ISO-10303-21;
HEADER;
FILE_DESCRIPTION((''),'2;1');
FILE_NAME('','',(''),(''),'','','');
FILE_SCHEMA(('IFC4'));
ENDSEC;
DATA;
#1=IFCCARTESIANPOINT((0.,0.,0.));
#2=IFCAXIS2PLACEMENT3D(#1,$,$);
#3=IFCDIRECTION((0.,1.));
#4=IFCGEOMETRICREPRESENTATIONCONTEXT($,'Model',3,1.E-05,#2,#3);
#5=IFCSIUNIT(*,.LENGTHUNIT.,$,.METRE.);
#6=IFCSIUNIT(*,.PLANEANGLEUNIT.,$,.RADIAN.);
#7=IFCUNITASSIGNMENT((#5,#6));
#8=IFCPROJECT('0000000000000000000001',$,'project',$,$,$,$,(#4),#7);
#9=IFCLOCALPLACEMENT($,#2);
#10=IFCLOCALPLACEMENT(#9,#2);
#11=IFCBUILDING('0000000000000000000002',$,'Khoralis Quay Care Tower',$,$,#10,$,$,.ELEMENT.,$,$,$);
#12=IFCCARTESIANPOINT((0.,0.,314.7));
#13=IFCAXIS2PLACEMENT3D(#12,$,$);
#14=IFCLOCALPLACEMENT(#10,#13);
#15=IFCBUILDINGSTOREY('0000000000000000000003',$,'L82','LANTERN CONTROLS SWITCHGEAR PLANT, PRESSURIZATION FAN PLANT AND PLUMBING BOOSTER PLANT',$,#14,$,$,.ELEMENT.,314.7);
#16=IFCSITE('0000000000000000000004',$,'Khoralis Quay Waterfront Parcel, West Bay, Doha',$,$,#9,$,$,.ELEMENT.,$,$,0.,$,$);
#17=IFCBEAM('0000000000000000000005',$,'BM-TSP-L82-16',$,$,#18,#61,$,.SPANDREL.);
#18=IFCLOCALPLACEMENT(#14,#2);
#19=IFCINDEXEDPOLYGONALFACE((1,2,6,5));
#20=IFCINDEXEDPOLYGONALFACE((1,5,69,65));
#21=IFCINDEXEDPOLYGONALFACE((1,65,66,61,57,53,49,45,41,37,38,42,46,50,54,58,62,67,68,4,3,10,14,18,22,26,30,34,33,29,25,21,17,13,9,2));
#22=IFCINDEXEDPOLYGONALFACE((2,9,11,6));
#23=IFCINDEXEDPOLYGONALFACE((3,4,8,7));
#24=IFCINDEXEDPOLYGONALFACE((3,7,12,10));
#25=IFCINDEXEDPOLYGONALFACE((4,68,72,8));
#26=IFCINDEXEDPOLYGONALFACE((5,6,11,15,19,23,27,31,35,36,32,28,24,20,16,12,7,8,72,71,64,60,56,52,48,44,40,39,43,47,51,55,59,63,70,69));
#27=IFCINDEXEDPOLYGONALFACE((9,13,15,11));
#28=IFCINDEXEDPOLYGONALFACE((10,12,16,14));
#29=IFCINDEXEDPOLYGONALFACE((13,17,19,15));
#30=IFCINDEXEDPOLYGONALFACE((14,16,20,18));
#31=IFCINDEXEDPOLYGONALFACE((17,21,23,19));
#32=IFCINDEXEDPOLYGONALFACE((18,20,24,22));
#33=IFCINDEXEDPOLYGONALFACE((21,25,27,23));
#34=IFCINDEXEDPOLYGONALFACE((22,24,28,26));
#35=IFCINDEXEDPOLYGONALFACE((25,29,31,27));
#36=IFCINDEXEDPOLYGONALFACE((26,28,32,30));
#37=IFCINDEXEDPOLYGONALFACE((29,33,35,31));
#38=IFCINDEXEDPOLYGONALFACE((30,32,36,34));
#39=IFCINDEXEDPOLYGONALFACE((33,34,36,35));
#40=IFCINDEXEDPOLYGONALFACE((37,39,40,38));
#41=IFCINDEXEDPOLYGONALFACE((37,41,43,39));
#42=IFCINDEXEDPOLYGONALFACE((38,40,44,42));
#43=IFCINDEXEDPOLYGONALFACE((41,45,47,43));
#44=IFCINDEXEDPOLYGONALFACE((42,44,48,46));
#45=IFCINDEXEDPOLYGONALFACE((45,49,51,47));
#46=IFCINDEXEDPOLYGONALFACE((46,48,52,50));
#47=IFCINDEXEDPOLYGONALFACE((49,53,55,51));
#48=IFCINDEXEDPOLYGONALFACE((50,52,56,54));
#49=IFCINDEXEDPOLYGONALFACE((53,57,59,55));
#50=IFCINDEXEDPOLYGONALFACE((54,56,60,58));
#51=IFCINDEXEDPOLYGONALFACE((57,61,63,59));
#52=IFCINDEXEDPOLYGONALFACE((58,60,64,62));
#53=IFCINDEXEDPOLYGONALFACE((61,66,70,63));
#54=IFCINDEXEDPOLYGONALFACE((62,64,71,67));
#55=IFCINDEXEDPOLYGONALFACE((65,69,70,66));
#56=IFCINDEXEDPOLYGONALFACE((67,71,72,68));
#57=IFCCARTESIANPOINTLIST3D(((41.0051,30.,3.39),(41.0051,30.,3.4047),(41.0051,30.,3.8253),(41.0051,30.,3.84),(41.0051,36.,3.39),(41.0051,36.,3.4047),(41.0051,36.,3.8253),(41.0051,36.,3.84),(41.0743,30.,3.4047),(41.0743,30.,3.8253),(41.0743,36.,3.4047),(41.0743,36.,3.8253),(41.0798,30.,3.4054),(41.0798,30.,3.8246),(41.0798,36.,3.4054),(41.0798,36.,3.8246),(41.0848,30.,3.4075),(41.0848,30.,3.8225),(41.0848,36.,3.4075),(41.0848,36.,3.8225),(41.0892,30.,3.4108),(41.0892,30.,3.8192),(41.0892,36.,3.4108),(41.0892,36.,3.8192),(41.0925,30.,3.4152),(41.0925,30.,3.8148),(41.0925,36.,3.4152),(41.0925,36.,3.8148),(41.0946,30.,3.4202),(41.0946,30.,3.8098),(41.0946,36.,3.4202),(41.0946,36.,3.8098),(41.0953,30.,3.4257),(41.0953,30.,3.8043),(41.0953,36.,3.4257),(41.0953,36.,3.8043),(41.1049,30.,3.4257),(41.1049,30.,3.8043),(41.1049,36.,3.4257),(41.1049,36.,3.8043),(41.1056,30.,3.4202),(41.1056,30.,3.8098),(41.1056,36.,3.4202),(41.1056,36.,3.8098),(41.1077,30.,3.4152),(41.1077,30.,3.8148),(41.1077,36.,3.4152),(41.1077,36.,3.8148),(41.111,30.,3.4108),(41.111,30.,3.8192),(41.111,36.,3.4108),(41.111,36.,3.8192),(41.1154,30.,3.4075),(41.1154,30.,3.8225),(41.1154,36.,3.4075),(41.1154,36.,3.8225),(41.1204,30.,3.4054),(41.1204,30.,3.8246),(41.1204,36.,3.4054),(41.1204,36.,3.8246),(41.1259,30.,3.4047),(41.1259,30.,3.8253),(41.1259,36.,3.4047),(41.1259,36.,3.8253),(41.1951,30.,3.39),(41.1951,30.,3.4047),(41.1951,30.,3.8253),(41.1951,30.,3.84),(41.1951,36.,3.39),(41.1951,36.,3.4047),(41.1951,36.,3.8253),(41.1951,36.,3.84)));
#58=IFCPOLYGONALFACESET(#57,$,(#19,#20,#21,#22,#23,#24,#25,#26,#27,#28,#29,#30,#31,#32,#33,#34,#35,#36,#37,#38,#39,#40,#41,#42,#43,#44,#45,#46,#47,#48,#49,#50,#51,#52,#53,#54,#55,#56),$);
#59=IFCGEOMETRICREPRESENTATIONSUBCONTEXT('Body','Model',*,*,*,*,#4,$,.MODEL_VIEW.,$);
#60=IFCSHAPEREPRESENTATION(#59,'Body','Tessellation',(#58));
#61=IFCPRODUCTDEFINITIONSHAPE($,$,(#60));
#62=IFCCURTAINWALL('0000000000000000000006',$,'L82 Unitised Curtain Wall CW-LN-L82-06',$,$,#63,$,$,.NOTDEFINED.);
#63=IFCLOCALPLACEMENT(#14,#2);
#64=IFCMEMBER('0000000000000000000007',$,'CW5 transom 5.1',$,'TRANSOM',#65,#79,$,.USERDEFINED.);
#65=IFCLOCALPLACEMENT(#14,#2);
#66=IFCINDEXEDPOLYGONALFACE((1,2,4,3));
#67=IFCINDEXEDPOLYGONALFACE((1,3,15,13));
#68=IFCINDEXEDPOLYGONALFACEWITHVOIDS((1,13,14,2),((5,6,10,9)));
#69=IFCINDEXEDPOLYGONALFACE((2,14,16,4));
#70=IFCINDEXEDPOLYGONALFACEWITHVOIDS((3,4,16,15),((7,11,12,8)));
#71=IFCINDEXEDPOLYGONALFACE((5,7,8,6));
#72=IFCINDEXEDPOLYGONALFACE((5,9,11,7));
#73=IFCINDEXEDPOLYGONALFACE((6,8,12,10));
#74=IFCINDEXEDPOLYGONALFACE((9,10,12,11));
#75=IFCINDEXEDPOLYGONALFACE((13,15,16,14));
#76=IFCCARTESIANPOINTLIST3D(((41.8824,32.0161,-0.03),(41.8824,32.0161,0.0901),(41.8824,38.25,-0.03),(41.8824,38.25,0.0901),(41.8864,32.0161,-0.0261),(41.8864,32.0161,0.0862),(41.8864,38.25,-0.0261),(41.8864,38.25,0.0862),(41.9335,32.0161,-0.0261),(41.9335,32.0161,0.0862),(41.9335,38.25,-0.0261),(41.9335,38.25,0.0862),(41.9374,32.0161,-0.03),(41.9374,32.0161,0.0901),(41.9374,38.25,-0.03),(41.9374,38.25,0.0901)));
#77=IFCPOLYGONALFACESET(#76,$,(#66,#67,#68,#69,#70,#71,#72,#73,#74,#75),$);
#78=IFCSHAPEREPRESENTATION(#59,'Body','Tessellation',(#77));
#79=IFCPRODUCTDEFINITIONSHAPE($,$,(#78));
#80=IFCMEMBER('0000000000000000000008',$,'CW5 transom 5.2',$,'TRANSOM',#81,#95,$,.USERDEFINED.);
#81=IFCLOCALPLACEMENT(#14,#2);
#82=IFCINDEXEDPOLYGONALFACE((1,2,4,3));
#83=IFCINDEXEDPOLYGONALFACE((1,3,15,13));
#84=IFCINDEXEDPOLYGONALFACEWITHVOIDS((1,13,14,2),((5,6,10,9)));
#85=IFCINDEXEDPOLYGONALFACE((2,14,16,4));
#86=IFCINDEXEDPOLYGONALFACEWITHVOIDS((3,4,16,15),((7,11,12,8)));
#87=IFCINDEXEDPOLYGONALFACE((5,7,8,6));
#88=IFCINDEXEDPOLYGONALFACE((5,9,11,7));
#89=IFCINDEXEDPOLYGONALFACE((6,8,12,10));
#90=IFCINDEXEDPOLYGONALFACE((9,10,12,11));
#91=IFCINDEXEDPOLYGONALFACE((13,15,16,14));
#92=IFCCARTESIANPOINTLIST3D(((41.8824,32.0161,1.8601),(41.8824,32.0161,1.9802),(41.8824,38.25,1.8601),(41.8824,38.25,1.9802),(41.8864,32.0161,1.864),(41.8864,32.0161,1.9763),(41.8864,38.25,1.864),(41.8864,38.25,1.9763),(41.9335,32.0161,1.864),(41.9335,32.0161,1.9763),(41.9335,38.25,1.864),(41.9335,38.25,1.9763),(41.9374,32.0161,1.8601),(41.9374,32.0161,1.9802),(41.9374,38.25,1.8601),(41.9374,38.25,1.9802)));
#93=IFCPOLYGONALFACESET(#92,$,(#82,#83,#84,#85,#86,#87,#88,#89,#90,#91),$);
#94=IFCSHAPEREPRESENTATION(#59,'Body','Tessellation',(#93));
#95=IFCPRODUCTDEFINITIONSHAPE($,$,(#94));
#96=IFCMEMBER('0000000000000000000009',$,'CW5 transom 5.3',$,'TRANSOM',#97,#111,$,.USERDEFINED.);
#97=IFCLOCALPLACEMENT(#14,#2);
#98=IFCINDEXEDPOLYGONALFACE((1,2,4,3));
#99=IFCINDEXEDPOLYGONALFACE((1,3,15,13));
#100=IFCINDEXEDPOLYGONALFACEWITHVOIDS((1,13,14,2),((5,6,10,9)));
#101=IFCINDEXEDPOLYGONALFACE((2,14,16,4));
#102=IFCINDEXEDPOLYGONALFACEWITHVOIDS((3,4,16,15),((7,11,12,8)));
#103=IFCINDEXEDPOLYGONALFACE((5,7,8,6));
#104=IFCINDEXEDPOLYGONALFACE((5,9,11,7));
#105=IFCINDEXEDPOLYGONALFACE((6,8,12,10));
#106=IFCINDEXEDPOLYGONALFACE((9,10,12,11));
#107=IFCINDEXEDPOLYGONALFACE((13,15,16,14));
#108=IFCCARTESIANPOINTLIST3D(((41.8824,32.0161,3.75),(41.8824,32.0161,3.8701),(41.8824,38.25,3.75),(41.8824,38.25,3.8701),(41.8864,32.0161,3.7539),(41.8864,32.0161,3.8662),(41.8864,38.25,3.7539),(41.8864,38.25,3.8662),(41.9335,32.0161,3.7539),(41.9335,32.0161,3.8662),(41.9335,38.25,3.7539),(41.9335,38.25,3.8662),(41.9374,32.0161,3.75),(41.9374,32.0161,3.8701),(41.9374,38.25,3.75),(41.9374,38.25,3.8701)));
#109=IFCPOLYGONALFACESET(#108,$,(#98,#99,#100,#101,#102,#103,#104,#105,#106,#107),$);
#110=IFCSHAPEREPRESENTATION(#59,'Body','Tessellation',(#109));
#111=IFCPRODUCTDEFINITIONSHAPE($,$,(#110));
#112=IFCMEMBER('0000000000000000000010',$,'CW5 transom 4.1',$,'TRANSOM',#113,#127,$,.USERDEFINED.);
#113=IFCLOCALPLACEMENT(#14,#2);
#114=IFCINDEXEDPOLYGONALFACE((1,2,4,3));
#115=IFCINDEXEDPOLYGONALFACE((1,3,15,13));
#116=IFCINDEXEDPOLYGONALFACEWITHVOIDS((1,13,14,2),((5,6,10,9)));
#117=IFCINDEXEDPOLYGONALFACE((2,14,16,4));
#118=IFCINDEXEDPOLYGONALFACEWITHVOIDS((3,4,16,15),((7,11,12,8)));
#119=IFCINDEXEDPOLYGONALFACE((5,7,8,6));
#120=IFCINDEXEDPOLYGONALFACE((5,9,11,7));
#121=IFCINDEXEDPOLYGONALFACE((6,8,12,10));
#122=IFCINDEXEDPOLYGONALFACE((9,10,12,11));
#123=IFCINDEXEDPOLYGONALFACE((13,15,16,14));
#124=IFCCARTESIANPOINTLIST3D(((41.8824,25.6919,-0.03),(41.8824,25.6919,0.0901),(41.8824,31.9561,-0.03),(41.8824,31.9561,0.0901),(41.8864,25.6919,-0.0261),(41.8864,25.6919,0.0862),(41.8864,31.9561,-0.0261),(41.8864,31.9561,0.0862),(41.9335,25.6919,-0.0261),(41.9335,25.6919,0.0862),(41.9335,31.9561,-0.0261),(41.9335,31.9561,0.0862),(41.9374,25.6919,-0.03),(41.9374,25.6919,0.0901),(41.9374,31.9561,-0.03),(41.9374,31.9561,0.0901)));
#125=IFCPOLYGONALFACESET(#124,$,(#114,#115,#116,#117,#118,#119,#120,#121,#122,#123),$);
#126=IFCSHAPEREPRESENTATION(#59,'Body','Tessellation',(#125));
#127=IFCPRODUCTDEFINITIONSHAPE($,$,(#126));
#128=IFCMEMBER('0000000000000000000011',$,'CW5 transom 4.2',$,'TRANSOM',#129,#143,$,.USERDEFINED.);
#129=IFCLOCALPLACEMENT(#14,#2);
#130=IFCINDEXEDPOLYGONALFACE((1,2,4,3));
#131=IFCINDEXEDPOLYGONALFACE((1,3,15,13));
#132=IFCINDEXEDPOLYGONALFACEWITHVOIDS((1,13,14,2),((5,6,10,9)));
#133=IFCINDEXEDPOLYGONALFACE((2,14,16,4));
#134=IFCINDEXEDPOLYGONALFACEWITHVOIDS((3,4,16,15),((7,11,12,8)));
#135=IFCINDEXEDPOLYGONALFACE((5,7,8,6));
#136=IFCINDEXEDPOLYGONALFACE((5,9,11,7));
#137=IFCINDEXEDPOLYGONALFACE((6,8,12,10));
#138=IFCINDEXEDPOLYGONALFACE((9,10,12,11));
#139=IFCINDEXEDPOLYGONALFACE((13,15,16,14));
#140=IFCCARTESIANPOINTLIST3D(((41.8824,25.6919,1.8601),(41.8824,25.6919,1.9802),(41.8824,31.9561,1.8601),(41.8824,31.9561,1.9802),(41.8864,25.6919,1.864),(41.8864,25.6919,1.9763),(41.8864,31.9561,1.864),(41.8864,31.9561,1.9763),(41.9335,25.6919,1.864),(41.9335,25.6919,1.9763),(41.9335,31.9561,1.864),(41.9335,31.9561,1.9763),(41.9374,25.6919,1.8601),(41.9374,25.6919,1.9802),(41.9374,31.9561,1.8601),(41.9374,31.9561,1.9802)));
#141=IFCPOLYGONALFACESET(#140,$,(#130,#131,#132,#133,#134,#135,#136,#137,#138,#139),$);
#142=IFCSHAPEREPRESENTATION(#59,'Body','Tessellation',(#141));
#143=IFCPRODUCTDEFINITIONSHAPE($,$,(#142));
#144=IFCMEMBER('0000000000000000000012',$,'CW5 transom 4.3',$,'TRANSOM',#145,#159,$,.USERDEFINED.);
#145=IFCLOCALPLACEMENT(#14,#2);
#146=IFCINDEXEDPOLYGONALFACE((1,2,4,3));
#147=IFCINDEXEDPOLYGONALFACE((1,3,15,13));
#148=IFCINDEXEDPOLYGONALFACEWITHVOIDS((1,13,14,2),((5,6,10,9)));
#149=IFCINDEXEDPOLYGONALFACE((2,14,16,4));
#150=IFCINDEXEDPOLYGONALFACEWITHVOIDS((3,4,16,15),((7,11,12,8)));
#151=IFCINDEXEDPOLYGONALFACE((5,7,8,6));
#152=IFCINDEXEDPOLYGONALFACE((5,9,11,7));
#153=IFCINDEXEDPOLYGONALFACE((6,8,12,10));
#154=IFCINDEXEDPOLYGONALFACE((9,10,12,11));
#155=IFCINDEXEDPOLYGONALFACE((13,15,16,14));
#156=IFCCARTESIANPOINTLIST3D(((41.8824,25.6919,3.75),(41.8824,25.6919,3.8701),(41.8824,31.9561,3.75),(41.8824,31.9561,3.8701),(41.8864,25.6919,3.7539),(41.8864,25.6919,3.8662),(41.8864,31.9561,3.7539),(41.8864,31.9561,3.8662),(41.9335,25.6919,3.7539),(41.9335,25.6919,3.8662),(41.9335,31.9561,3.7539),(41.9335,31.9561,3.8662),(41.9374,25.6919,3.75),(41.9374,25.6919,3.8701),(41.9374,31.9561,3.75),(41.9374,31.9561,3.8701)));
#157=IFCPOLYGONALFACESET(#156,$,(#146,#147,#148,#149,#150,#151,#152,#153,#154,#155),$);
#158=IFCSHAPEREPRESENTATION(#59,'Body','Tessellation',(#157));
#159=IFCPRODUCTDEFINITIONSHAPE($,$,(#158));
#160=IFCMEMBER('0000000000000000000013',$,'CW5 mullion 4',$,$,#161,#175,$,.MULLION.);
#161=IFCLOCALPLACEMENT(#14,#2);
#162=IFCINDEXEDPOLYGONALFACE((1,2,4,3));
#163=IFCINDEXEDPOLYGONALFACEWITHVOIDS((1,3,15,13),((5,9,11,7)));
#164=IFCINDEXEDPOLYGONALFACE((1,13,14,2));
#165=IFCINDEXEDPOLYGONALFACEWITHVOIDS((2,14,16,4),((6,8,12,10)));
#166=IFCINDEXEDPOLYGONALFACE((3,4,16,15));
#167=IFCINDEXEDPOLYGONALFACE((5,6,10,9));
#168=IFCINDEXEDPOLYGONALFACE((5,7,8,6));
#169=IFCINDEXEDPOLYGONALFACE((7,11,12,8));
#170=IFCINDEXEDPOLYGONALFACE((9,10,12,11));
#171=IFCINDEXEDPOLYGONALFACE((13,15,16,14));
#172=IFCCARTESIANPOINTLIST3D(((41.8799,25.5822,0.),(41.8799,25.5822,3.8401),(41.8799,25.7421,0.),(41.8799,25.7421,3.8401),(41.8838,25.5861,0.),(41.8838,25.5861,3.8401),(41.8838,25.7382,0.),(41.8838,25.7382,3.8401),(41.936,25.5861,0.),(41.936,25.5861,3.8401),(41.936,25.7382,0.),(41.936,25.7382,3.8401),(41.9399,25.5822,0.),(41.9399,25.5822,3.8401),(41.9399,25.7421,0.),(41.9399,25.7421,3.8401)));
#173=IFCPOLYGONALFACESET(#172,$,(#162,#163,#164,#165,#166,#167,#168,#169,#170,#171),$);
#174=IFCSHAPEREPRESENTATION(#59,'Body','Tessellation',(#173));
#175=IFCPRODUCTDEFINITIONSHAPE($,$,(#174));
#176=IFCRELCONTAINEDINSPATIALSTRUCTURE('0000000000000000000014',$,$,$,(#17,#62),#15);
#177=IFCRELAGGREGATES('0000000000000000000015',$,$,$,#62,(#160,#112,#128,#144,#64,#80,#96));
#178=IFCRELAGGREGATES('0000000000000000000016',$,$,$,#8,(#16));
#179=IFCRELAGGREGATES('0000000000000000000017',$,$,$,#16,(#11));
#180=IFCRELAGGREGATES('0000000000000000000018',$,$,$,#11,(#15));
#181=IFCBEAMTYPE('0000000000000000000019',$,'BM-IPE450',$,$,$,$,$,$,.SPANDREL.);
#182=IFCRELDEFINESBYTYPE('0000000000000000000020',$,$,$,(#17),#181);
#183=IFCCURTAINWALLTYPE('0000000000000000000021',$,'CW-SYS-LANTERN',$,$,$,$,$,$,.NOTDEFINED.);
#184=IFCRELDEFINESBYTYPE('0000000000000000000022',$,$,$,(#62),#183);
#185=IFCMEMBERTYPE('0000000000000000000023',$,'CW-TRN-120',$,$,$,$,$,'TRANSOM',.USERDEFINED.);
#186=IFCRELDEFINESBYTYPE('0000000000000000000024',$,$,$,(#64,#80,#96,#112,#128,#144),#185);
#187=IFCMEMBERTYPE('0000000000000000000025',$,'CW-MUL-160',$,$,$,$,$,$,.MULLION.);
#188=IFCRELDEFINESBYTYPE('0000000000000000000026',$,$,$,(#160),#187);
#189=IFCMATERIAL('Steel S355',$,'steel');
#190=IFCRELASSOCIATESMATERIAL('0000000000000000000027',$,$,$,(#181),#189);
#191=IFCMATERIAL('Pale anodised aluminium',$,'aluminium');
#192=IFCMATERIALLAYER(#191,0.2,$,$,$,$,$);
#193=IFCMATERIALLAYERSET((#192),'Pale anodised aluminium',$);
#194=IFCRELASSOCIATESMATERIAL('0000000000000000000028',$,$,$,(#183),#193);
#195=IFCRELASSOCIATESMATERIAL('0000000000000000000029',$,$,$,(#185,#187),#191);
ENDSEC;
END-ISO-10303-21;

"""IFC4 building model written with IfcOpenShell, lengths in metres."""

from ifc_helpers import new_model, si_unit, direction, frame, origin, origin_2d, place, context, subcontext, project, spatial, hollow_rectangle, i_section, extrude, source, transform, mapped, material, layer, layer_set, material_profile, profile_set, type_object, element, aggregate, save


model = new_model("IFC4")

# Units and contexts
model_context = context("Model", 3, precision=1e-05, world=origin(), true_north=direction((0.0, 1.0)))
body_context = subcontext(model_context, "Body", "Model", "MODEL_VIEW")
ifc_project = project(units=[si_unit("LENGTHUNIT", "METRE"), si_unit("PLANEANGLEUNIT", "RADIAN")], contexts=[model_context])

# Site, building, storey
site_placement = place(None, origin())
site = spatial("IfcSite", under=ifc_project, at=site_placement, Name="Khoralis Quay Waterfront Parcel, West Bay, Doha", CompositionType="ELEMENT", RefElevation=0.0)
building_placement = place(site_placement, origin())
building = spatial("IfcBuilding", under=site, at=building_placement, Name="Khoralis Quay Care Tower", CompositionType="ELEMENT")
storey_placement = place(building_placement, frame((0.0, 0.0, 314.7)))
storey = spatial("IfcBuildingStorey", under=building, at=storey_placement, Name="L82", Description="LANTERN CONTROLS SWITCHGEAR PLANT, PRESSURIZATION FAN PLANT AND PLUMBING BOOSTER PLANT", CompositionType="ELEMENT", Elevation=314.7)

# Shared definitions
ifc_material_1 = material(Name="Steel S355", Category="steel")

# Beam
ifc_material_profile_1 = material_profile(ifc_material_1, i_section(OverallWidth=0.1899, OverallDepth=0.45, WebThickness=0.0095, FlangeThickness=0.0146, FilletRadius=0.021, at=origin_2d()), Name="Steel S355")
ifc_profile_set_1 = profile_set([ifc_material_profile_1], Name="Steel S355")
beam_type = type_object("IfcBeamType", Name="BM-IPE450", PredefinedType="SPANDREL", material=ifc_profile_set_1)
shared_shape_1 = source(origin(), body_context, "Body", "SweptSolid", [
    extrude(i_section(OverallWidth=0.1899, OverallDepth=0.45, WebThickness=0.0095, FlangeThickness=0.0146, FilletRadius=0.021, at=origin_2d()), origin(), (0.0, 0.0, 1.0), 6.0),
])
for number, where, z_axis, x_axis, name in (
    (1, (41.1001, 30.0, 3.615), (0.0, 1.0, 0.0), (-1.0, 0.0, 0.0), "BM-TSP-L82-16"),
):
    element("IfcBeam", number, at=place(storey_placement, frame(where, z_axis=z_axis, x_axis=x_axis)), inside=storey, type_object=beam_type, Name=name, PredefinedType="SPANDREL", context=body_context, shape_type="MappedRepresentation", body=[
        mapped(shared_shape_1, transform((0.0, 0.0, 0.0), scale=1.0)),
    ])

# Curtain wall, members
ifc_material_2 = material(Name="Pale anodised aluminium", Category="aluminium")
ifc_layer_1 = layer(ifc_material_2, 0.2)
ifc_layer_set_1 = layer_set([ifc_layer_1], Name="Pale anodised aluminium")
curtain_wall_type = type_object("IfcCurtainWallType", Name="CW-SYS-LANTERN", PredefinedType="NOTDEFINED", material=ifc_layer_set_1)
curtain_wall_1_placement = place(storey_placement, origin())
curtain_wall_1 = element("IfcCurtainWall", 2, at=curtain_wall_1_placement, inside=storey, type_object=curtain_wall_type, Name="L82 Unitised Curtain Wall CW-LN-L82-06", PredefinedType="NOTDEFINED")
ifc_material_profile_2 = material_profile(ifc_material_2, hollow_rectangle(XDim=0.0549, YDim=0.1201, WallThickness=0.0039, at=origin_2d()), Name="Pale anodised aluminium")
ifc_profile_set_2 = profile_set([ifc_material_profile_2], Name="Pale anodised aluminium")
member_type_1 = type_object("IfcMemberType", Name="CW-TRN-120", ElementType="TRANSOM", PredefinedType="USERDEFINED", material=ifc_profile_set_2)
shared_shape_2 = source(origin(), body_context, "Body", "SweptSolid", [
    extrude(hollow_rectangle(XDim=0.0549, YDim=0.1201, WallThickness=0.0039, at=origin_2d()), origin(), (0.0, 0.0, 1.0), 6.2339),
])
member_1_placement = place(storey_placement, frame((41.9099, 32.0161, 0.03), z_axis=(0.0, 1.0, 0.0), x_axis=(-1.0, 0.0, 0.0)))
member_1 = element("IfcMember", 3, at=member_1_placement, type_object=member_type_1, Name="CW5 transom 5.1", ObjectType="TRANSOM", PredefinedType="USERDEFINED", context=body_context, shape_type="MappedRepresentation", body=[
    mapped(shared_shape_2, transform((0.0, 0.0, 0.0), scale=1.0)),
])
member_2_placement = place(storey_placement, frame((41.9099, 32.0161, 1.9202), z_axis=(0.0, 1.0, 0.0), x_axis=(-1.0, 0.0, 0.0)))
member_2 = element("IfcMember", 4, at=member_2_placement, type_object=member_type_1, Name="CW5 transom 5.2", ObjectType="TRANSOM", PredefinedType="USERDEFINED", context=body_context, shape_type="MappedRepresentation", body=[
    mapped(shared_shape_2, transform((0.0, 0.0, 0.0), scale=1.0)),
])
member_3_placement = place(storey_placement, frame((41.9099, 32.0161, 3.8101), z_axis=(0.0, 1.0, 0.0), x_axis=(-1.0, 0.0, 0.0)))
member_3 = element("IfcMember", 5, at=member_3_placement, type_object=member_type_1, Name="CW5 transom 5.3", ObjectType="TRANSOM", PredefinedType="USERDEFINED", context=body_context, shape_type="MappedRepresentation", body=[
    mapped(shared_shape_2, transform((0.0, 0.0, 0.0), scale=1.0)),
])
shared_shape_3 = source(origin(), body_context, "Body", "SweptSolid", [
    extrude(hollow_rectangle(XDim=0.0549, YDim=0.1201, WallThickness=0.0039, at=origin_2d()), origin(), (0.0, 0.0, 1.0), 6.2642),
])
member_4_placement = place(storey_placement, frame((41.9099, 25.6919, 0.03), z_axis=(0.0, 1.0, 0.0), x_axis=(-1.0, 0.0, 0.0)))
member_4 = element("IfcMember", 6, at=member_4_placement, type_object=member_type_1, Name="CW5 transom 4.1", ObjectType="TRANSOM", PredefinedType="USERDEFINED", context=body_context, shape_type="MappedRepresentation", body=[
    mapped(shared_shape_3, transform((0.0, 0.0, 0.0), scale=1.0)),
])
member_5_placement = place(storey_placement, frame((41.9099, 25.6919, 1.9202), z_axis=(0.0, 1.0, 0.0), x_axis=(-1.0, 0.0, 0.0)))
member_5 = element("IfcMember", 7, at=member_5_placement, type_object=member_type_1, Name="CW5 transom 4.2", ObjectType="TRANSOM", PredefinedType="USERDEFINED", context=body_context, shape_type="MappedRepresentation", body=[
    mapped(shared_shape_3, transform((0.0, 0.0, 0.0), scale=1.0)),
])
member_6_placement = place(storey_placement, frame((41.9099, 25.6919, 3.8101), z_axis=(0.0, 1.0, 0.0), x_axis=(-1.0, 0.0, 0.0)))
member_6 = element("IfcMember", 8, at=member_6_placement, type_object=member_type_1, Name="CW5 transom 4.3", ObjectType="TRANSOM", PredefinedType="USERDEFINED", context=body_context, shape_type="MappedRepresentation", body=[
    mapped(shared_shape_3, transform((0.0, 0.0, 0.0), scale=1.0)),
])
ifc_material_profile_3 = material_profile(ifc_material_2, hollow_rectangle(XDim=0.0601, YDim=0.1599, WallThickness=0.0039, at=origin_2d()), Name="Pale anodised aluminium")
ifc_profile_set_3 = profile_set([ifc_material_profile_3], Name="Pale anodised aluminium")
member_type_2 = type_object("IfcMemberType", Name="CW-MUL-160", PredefinedType="MULLION", material=ifc_profile_set_3)
shared_shape_4 = source(origin(), body_context, "Body", "SweptSolid", [
    extrude(hollow_rectangle(XDim=0.0601, YDim=0.1599, WallThickness=0.0039, at=origin_2d()), origin(), (0.0, 0.0, 1.0), 3.8401),
])
member_7_placement = place(storey_placement, frame((41.9099, 25.6621, 0.0), z_axis=(0.0, 0.0, 1.0), x_axis=(-1.0, 0.0, 0.0)))
member_7 = element("IfcMember", 9, at=member_7_placement, type_object=member_type_2, Name="CW5 mullion 4", PredefinedType="MULLION", context=body_context, shape_type="MappedRepresentation", body=[
    mapped(shared_shape_4, transform((0.0, 0.0, 0.0), scale=1.0)),
])

aggregate(curtain_wall_1, [member_7, member_4, member_5, member_6, member_1, member_2, member_3])

save(model, "model.ifc")
